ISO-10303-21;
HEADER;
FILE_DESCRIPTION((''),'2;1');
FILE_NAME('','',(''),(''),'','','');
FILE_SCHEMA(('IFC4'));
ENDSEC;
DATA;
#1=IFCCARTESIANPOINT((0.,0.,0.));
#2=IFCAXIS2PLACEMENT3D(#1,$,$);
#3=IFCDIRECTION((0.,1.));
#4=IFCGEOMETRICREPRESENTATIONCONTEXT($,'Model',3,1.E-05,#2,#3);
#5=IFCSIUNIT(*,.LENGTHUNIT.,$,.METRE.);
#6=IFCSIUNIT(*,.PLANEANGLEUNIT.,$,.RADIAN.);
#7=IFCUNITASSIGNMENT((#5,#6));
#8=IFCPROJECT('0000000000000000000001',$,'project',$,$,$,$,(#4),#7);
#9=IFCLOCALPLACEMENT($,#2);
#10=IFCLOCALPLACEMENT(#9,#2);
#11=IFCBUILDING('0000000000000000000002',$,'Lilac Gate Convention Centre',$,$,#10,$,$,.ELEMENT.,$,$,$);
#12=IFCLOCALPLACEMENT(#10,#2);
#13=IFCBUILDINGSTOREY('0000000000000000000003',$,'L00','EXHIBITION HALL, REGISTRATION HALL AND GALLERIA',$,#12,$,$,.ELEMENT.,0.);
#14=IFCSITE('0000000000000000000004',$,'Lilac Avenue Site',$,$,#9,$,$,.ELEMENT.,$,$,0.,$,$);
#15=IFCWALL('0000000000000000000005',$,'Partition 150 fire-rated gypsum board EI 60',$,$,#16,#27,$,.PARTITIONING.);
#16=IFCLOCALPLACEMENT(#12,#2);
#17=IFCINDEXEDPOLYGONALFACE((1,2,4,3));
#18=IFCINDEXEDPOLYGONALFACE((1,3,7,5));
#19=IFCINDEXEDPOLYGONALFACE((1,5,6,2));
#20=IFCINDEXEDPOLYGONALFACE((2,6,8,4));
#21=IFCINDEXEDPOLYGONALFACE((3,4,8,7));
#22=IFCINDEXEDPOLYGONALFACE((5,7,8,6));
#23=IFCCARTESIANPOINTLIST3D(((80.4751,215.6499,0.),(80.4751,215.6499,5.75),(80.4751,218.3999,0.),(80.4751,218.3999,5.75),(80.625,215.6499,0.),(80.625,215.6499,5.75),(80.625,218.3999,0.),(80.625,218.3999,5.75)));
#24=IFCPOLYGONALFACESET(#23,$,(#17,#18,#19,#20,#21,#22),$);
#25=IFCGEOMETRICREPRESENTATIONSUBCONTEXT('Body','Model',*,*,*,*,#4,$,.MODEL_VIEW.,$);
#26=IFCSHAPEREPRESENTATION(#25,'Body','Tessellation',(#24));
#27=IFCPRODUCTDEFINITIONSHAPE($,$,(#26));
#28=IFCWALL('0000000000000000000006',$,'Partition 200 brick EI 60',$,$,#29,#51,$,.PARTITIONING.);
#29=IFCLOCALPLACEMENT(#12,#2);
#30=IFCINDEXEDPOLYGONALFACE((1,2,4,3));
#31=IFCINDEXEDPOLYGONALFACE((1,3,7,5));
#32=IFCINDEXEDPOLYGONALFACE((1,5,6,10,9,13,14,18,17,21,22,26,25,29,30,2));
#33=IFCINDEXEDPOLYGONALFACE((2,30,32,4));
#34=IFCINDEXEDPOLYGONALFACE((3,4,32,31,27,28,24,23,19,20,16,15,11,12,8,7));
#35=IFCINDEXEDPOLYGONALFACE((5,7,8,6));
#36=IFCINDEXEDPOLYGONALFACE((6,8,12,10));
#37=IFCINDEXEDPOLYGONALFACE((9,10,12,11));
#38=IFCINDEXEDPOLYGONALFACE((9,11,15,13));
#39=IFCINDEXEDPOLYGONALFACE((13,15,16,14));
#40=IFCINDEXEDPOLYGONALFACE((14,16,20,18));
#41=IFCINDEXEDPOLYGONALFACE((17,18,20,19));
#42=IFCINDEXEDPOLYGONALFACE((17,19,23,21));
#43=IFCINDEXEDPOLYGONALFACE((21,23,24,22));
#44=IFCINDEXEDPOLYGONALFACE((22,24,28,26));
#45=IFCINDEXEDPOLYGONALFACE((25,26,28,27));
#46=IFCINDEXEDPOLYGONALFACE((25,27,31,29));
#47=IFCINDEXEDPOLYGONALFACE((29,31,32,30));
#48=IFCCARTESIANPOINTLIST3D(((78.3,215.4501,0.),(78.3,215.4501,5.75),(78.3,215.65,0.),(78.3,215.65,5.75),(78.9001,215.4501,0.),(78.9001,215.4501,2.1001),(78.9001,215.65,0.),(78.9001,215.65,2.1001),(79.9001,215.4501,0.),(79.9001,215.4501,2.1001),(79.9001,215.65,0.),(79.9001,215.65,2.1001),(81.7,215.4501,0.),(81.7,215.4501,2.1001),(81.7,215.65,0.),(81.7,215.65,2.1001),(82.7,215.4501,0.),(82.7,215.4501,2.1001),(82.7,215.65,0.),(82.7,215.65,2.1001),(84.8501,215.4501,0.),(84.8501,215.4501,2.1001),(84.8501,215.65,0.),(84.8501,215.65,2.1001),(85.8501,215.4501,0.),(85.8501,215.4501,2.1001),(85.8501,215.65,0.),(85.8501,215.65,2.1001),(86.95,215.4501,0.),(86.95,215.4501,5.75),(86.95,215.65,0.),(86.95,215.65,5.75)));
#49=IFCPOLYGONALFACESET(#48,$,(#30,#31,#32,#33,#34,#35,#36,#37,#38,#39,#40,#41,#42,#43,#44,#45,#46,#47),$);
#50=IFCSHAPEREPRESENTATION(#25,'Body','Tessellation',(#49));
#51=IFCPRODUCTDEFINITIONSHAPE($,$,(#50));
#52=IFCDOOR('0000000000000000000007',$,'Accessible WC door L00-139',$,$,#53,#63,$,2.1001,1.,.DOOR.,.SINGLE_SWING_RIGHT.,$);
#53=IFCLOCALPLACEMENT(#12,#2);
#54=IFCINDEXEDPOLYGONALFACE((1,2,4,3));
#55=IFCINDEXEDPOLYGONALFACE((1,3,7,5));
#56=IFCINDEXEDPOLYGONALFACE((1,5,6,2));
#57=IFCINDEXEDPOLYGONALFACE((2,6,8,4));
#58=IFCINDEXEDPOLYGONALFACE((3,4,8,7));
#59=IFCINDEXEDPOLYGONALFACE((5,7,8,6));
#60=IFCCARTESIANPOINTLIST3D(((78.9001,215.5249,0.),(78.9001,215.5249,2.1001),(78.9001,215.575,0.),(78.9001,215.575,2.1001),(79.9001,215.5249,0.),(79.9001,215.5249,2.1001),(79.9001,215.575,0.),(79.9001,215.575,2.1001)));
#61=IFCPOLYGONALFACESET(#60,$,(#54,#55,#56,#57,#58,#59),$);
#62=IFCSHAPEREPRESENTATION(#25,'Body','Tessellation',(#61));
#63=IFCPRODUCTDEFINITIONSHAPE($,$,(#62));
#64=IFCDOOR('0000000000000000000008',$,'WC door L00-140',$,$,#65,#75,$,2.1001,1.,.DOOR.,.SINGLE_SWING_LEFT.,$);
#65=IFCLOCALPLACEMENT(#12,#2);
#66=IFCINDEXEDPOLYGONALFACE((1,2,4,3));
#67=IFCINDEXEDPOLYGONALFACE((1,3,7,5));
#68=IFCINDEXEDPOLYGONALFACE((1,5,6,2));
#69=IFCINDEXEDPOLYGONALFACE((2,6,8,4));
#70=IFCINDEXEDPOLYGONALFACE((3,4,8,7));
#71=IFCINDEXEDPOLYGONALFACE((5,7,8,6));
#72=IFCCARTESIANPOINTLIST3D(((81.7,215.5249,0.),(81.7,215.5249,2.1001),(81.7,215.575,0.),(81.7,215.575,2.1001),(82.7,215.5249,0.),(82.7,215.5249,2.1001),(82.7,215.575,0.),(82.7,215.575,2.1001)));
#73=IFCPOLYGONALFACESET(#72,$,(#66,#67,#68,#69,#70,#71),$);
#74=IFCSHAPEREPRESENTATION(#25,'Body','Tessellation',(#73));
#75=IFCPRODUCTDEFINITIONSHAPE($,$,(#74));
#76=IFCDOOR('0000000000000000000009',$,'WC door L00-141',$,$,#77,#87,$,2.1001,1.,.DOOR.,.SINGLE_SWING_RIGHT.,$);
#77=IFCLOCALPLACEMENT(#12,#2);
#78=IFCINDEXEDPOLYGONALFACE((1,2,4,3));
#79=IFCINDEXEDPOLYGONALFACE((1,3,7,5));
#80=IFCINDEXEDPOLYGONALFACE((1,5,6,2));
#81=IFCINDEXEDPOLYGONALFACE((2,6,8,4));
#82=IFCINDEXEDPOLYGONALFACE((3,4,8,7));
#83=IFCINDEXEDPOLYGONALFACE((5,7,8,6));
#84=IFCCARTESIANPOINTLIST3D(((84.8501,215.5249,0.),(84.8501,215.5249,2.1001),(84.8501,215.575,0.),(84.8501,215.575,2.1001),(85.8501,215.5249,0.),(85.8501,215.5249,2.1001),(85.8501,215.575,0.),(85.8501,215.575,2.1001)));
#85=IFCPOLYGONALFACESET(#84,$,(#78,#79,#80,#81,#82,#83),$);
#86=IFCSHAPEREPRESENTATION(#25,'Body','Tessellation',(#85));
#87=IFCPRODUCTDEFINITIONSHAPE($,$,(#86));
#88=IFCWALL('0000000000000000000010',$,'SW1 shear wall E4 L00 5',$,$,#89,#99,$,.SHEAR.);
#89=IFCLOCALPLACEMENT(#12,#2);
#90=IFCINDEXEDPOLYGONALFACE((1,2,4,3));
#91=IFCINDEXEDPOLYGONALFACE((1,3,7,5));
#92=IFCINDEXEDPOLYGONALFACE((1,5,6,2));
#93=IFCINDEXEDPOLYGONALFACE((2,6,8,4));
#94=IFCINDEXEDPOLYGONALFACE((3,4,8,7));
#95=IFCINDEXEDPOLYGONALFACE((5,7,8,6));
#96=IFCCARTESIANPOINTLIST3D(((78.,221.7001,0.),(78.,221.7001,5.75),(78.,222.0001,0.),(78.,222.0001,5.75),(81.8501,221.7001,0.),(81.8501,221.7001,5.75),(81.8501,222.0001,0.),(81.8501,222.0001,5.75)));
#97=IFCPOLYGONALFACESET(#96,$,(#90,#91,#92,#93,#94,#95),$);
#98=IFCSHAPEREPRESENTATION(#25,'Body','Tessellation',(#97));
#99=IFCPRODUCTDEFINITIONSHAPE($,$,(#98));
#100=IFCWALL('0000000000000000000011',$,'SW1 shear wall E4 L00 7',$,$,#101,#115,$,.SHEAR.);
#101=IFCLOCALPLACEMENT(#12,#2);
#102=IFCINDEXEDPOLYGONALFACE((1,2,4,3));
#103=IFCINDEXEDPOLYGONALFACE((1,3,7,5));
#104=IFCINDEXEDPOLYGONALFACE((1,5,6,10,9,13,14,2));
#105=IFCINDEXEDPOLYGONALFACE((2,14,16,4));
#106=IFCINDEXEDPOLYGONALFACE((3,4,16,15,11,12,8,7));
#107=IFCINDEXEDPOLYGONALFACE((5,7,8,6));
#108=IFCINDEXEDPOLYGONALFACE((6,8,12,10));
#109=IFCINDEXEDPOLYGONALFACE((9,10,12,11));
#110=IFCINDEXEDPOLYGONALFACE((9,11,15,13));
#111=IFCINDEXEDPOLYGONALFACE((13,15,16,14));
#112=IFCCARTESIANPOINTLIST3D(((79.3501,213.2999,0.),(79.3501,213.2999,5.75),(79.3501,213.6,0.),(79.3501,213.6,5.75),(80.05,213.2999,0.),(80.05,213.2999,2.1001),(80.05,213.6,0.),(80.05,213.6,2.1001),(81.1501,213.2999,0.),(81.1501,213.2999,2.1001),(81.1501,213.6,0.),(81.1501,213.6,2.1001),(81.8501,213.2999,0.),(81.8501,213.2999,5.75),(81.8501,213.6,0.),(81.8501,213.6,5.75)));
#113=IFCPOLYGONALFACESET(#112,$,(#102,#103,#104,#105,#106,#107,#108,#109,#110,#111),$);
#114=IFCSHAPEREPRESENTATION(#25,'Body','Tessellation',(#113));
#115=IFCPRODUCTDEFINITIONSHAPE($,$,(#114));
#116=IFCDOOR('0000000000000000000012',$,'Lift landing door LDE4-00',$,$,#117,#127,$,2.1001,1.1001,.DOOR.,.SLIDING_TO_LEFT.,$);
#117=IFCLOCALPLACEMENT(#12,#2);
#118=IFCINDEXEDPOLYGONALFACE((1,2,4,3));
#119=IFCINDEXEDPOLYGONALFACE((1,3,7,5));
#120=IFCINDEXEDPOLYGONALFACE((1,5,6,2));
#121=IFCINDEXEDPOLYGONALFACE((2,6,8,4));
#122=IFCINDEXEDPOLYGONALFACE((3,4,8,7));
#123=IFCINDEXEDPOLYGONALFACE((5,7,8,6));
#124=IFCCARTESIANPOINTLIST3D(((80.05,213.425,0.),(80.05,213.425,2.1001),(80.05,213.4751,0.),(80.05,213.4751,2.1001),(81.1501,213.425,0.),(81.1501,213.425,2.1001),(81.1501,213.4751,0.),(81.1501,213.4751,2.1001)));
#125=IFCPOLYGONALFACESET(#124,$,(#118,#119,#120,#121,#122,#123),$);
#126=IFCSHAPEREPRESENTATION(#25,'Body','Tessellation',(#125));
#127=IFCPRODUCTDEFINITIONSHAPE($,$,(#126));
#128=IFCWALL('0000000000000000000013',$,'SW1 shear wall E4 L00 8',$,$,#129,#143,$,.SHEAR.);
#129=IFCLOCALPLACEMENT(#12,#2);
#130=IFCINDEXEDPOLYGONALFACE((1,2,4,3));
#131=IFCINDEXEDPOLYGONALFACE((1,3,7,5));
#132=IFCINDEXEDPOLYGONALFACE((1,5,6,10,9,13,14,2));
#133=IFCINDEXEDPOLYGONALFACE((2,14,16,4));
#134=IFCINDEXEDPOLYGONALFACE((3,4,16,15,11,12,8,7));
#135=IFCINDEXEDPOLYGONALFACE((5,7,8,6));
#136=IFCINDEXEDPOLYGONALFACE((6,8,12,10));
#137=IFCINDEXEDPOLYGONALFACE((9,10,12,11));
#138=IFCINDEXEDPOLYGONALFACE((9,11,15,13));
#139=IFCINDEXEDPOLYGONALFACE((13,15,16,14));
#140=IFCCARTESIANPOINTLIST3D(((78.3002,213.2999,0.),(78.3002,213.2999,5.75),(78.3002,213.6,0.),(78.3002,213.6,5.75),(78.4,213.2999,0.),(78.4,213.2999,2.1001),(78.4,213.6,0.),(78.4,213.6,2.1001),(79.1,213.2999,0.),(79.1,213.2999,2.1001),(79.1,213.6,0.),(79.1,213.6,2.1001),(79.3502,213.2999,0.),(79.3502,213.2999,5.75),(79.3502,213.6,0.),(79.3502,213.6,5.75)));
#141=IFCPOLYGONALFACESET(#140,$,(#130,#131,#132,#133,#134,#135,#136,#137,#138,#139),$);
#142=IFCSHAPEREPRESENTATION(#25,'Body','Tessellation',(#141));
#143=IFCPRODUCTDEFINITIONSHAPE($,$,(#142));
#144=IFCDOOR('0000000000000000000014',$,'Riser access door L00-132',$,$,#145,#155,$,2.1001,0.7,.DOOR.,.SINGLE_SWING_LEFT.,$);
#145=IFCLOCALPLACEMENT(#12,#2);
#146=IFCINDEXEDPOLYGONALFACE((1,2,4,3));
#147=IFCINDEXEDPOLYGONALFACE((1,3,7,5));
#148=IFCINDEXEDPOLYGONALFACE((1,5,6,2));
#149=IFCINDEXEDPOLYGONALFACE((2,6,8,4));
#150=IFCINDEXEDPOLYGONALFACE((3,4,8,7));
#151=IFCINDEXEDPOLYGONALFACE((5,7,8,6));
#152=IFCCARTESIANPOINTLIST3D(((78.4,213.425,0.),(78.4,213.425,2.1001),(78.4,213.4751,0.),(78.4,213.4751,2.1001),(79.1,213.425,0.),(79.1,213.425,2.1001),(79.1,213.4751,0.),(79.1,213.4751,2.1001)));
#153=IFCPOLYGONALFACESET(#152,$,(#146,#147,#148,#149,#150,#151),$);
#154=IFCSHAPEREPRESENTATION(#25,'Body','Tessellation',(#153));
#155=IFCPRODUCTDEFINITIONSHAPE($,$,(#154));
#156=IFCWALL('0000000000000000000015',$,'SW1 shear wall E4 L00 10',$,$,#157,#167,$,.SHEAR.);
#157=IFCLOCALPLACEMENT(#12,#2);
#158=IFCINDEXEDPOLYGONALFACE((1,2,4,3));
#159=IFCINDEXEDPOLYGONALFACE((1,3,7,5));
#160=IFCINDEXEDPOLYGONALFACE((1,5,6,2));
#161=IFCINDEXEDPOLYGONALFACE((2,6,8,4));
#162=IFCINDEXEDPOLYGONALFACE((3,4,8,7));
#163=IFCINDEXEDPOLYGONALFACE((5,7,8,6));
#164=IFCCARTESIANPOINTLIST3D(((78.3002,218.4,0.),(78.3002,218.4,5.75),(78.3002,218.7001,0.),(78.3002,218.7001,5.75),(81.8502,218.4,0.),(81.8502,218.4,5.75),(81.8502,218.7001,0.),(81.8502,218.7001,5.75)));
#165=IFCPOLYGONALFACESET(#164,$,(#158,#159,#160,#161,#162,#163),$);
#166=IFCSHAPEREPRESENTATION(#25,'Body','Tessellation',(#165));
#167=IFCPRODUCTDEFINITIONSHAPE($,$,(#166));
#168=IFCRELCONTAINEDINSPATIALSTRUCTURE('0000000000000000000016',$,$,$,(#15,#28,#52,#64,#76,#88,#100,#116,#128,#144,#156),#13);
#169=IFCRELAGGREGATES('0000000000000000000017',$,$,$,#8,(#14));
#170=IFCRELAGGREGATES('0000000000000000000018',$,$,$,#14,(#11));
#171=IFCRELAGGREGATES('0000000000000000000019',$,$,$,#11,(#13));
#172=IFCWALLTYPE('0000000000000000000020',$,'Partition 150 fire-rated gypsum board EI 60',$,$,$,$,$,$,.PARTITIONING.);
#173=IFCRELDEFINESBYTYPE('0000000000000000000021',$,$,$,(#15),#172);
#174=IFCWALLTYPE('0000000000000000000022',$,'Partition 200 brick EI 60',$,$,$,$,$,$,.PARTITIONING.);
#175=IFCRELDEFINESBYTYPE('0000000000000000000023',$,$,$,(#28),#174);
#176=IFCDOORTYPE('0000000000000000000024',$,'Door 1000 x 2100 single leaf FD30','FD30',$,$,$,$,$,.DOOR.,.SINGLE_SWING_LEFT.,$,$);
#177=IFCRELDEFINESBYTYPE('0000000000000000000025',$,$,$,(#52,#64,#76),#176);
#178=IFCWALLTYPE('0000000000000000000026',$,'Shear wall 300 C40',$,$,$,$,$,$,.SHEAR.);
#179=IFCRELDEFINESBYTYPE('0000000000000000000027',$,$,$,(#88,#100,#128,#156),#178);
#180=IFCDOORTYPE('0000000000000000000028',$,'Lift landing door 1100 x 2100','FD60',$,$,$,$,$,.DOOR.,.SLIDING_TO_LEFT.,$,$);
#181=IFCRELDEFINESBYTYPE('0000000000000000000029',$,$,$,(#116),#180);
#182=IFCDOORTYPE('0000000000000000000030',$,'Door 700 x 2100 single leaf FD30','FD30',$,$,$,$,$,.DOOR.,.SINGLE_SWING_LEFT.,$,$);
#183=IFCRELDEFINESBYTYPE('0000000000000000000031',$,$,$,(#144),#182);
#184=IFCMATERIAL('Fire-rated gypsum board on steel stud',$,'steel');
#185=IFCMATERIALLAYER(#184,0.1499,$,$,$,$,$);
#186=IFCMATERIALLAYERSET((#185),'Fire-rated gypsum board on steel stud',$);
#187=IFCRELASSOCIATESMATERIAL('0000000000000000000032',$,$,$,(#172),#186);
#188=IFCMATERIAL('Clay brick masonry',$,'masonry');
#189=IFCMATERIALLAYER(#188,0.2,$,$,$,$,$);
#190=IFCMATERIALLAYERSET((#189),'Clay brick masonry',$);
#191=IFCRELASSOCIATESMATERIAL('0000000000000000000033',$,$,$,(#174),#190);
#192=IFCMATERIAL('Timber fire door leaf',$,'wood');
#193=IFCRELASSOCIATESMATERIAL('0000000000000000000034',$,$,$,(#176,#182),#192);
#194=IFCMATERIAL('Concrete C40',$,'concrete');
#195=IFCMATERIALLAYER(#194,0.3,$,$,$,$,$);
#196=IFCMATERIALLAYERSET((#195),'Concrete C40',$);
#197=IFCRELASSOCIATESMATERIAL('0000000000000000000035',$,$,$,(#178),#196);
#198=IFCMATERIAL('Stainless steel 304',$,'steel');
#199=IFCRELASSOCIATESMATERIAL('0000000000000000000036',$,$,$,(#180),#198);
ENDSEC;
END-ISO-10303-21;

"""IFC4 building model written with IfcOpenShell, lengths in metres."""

from ifc_helpers import new_model, si_unit, direction, frame, frame_2d, origin, place, context, subcontext, project, spatial, rectangle, extrude, material, layer, layer_set, type_object, element, fill, save


model = new_model("IFC4")

# Units and contexts
model_context = context("Model", 3, precision=1e-05, world=origin(), true_north=direction((0.0, 1.0)))
body_context = subcontext(model_context, "Body", "Model", "MODEL_VIEW")
ifc_project = project(units=[si_unit("LENGTHUNIT", "METRE"), si_unit("PLANEANGLEUNIT", "RADIAN")], contexts=[model_context])

# Site, building, storey
site_placement = place(None, origin())
site = spatial("IfcSite", under=ifc_project, at=site_placement, Name="Lilac Avenue Site", CompositionType="ELEMENT", RefElevation=0.0)
building_placement = place(site_placement, origin())
building = spatial("IfcBuilding", under=site, at=building_placement, Name="Lilac Gate Convention Centre", CompositionType="ELEMENT")
storey_placement = place(building_placement, origin())
storey = spatial("IfcBuildingStorey", under=building, at=storey_placement, Name="L00", Description="EXHIBITION HALL, REGISTRATION HALL AND GALLERIA", CompositionType="ELEMENT", Elevation=0.0)

# Wall
ifc_material_1 = material(Name="Fire-rated gypsum board on steel stud", Category="steel")
ifc_layer_1 = layer(ifc_material_1, 0.1499)
ifc_layer_set_1 = layer_set([ifc_layer_1], Name="Fire-rated gypsum board on steel stud")
wall_type_1 = type_object("IfcWallType", Name="Partition 150 fire-rated gypsum board EI 60", PredefinedType="PARTITIONING", material=ifc_layer_set_1)
wall_1_placement = place(storey_placement, frame((80.55, 215.6499, 0.0), z_axis=(0.0, 0.0, 1.0), x_axis=(0.0, 1.0, 0.0)))
element("IfcWall", 1, at=wall_1_placement, inside=storey, type_object=wall_type_1, Name="Partition 150 fire-rated gypsum board EI 60", PredefinedType="PARTITIONING", context=body_context, shape_type="SweptSolid", body=[
    extrude(rectangle(XDim=2.75, YDim=0.1499, at=frame_2d((1.375, 0.0))), origin(), (0.0, 0.0, 1.0), 5.75),
])

# Wall, openings, doors
ifc_material_2 = material(Name="Clay brick masonry", Category="masonry")
ifc_layer_2 = layer(ifc_material_2, 0.2)
ifc_layer_set_2 = layer_set([ifc_layer_2], Name="Clay brick masonry")
wall_type_2 = type_object("IfcWallType", Name="Partition 200 brick EI 60", PredefinedType="PARTITIONING", material=ifc_layer_set_2)
wall_2_placement = place(storey_placement, frame((78.3, 215.55, 0.0), z_axis=(0.0, 0.0, 1.0), x_axis=(1.0, 0.0, 0.0)))
wall_2 = element("IfcWall", 2, at=wall_2_placement, inside=storey, type_object=wall_type_2, Name="Partition 200 brick EI 60", PredefinedType="PARTITIONING", context=body_context, shape_type="SweptSolid", body=[
    extrude(rectangle(XDim=8.6499, YDim=0.2, at=frame_2d((4.325, 0.0))), origin(), (0.0, 0.0, 1.0), 5.75),
])
opening_1_placement = place(wall_2_placement, frame((0.6001, 0.0, 0.0)))
opening_1 = element("IfcOpeningElement", 3, at=opening_1_placement, cuts=wall_2, PredefinedType="OPENING", context=body_context, shape_type="SweptSolid", body=[
    extrude(rectangle(XDim=1.0, YDim=2.1001, at=frame_2d((0.5, 1.05))), frame((0.0, 0.1099, 0.0), z_axis=(0.0, -1.0, 0.0), x_axis=(1.0, 0.0, 0.0)), (0.0, 0.0, 1.0), 0.22),
])
opening_2_placement = place(wall_2_placement, frame((3.3999, 0.0, 0.0)))
opening_2 = element("IfcOpeningElement", 4, at=opening_2_placement, cuts=wall_2, PredefinedType="OPENING", context=body_context, shape_type="SweptSolid", body=[
    extrude(rectangle(XDim=1.0, YDim=2.1001, at=frame_2d((0.5, 1.05))), frame((0.0, 0.1099, 0.0), z_axis=(0.0, -1.0, 0.0), x_axis=(1.0, 0.0, 0.0)), (0.0, 0.0, 1.0), 0.22),
])
opening_3_placement = place(wall_2_placement, frame((6.55, 0.0, 0.0)))
opening_3 = element("IfcOpeningElement", 5, at=opening_3_placement, cuts=wall_2, PredefinedType="OPENING", context=body_context, shape_type="SweptSolid", body=[
    extrude(rectangle(XDim=1.0, YDim=2.1001, at=frame_2d((0.5, 1.05))), frame((0.0, 0.1099, 0.0), z_axis=(0.0, -1.0, 0.0), x_axis=(1.0, 0.0, 0.0)), (0.0, 0.0, 1.0), 0.22),
])
ifc_material_3 = material(Name="Timber fire door leaf", Category="wood")
door_type_1 = type_object("IfcDoorType", Name="Door 1000 x 2100 single leaf FD30", Description="FD30", OperationType="SINGLE_SWING_LEFT", PredefinedType="DOOR", material=ifc_material_3)
door_1_placement = place(opening_1_placement, origin())
door_1 = element("IfcDoor", 6, at=door_1_placement, inside=storey, type_object=door_type_1, Name="Accessible WC door L00-139", OperationType="SINGLE_SWING_RIGHT", OverallHeight=2.1001, OverallWidth=1.0, PredefinedType="DOOR", context=body_context, shape_type="SweptSolid", body=[
    extrude(rectangle(XDim=1.0, YDim=2.1001, at=frame_2d((0.5, 1.05))), frame((0.0, 0.0249, 0.0), z_axis=(0.0, -1.0, 0.0), x_axis=(1.0, 0.0, 0.0)), (0.0, 0.0, 1.0), 0.05),
])
fill(opening_1, door_1)
door_2_placement = place(opening_2_placement, origin())
door_2 = element("IfcDoor", 7, at=door_2_placement, inside=storey, type_object=door_type_1, Name="WC door L00-140", OperationType="SINGLE_SWING_LEFT", OverallHeight=2.1001, OverallWidth=1.0, PredefinedType="DOOR", context=body_context, shape_type="SweptSolid", body=[
    extrude(rectangle(XDim=1.0, YDim=2.1001, at=frame_2d((0.5, 1.05))), frame((0.0, 0.0249, 0.0), z_axis=(0.0, -1.0, 0.0), x_axis=(1.0, 0.0, 0.0)), (0.0, 0.0, 1.0), 0.05),
])
fill(opening_2, door_2)
door_3_placement = place(opening_3_placement, origin())
door_3 = element("IfcDoor", 8, at=door_3_placement, inside=storey, type_object=door_type_1, Name="WC door L00-141", OperationType="SINGLE_SWING_RIGHT", OverallHeight=2.1001, OverallWidth=1.0, PredefinedType="DOOR", context=body_context, shape_type="SweptSolid", body=[
    extrude(rectangle(XDim=1.0, YDim=2.1001, at=frame_2d((0.5, 1.05))), frame((0.0, 0.0249, 0.0), z_axis=(0.0, -1.0, 0.0), x_axis=(1.0, 0.0, 0.0)), (0.0, 0.0, 1.0), 0.05),
])
fill(opening_3, door_3)

# Wall
ifc_material_4 = material(Name="Concrete C40", Category="concrete")
ifc_layer_3 = layer(ifc_material_4, 0.3)
ifc_layer_set_3 = layer_set([ifc_layer_3], Name="Concrete C40")
wall_type_3 = type_object("IfcWallType", Name="Shear wall 300 C40", PredefinedType="SHEAR", material=ifc_layer_set_3)
wall_3_placement = place(storey_placement, frame((81.8501, 221.8501, 0.0), z_axis=(0.0, 0.0, 1.0), x_axis=(-1.0, 0.0, 0.0)))
element("IfcWall", 9, at=wall_3_placement, inside=storey, type_object=wall_type_3, Name="SW1 shear wall E4 L00 5", PredefinedType="SHEAR", context=body_context, shape_type="SweptSolid", body=[
    extrude(rectangle(XDim=3.8501, YDim=0.3, at=frame_2d((1.925, 0.0))), origin(), (0.0, 0.0, 1.0), 5.75),
])

# Walls, openings, doors
wall_4_placement = place(storey_placement, frame((81.8501, 213.45, 0.0), z_axis=(0.0, 0.0, 1.0), x_axis=(-1.0, 0.0, 0.0)))
wall_4 = element("IfcWall", 10, at=wall_4_placement, inside=storey, type_object=wall_type_3, Name="SW1 shear wall E4 L00 7", PredefinedType="SHEAR", context=body_context, shape_type="SweptSolid", body=[
    extrude(rectangle(XDim=2.5, YDim=0.3, at=frame_2d((1.25, 0.0))), origin(), (0.0, 0.0, 1.0), 5.75),
])
opening_4_placement = place(wall_4_placement, frame((0.7, 0.0, 0.0)))
opening_4 = element("IfcOpeningElement", 11, at=opening_4_placement, cuts=wall_4, PredefinedType="OPENING", context=body_context, shape_type="SweptSolid", body=[
    extrude(rectangle(XDim=1.1001, YDim=2.1001, at=frame_2d((0.55, 1.05))), frame((0.0, 0.1599, 0.0), z_axis=(0.0, -1.0, 0.0), x_axis=(1.0, 0.0, 0.0)), (0.0, 0.0, 1.0), 0.3201),
])
ifc_material_5 = material(Name="Stainless steel 304", Category="steel")
door_type_2 = type_object("IfcDoorType", Name="Lift landing door 1100 x 2100", Description="FD60", OperationType="SLIDING_TO_LEFT", PredefinedType="DOOR", material=ifc_material_5)
door_4_placement = place(opening_4_placement, origin())
door_4 = element("IfcDoor", 12, at=door_4_placement, inside=storey, type_object=door_type_2, Name="Lift landing door LDE4-00", OperationType="SLIDING_TO_LEFT", OverallHeight=2.1001, OverallWidth=1.1001, PredefinedType="DOOR", context=body_context, shape_type="SweptSolid", body=[
    extrude(rectangle(XDim=1.1001, YDim=2.1001, at=frame_2d((0.55, 1.05))), frame((0.0, 0.0249, 0.0), z_axis=(0.0, -1.0, 0.0), x_axis=(1.0, 0.0, 0.0)), (0.0, 0.0, 1.0), 0.05),
])
fill(opening_4, door_4)
wall_5_placement = place(storey_placement, frame((79.3501, 213.45, 0.0), z_axis=(0.0, 0.0, 1.0), x_axis=(-1.0, 0.0, 0.0)))
wall_5 = element("IfcWall", 13, at=wall_5_placement, inside=storey, type_object=wall_type_3, Name="SW1 shear wall E4 L00 8", PredefinedType="SHEAR", context=body_context, shape_type="SweptSolid", body=[
    extrude(rectangle(XDim=1.05, YDim=0.3, at=frame_2d((0.5249, 0.0))), origin(), (0.0, 0.0, 1.0), 5.75),
])
opening_5_placement = place(wall_5_placement, frame((0.25, 0.0, 0.0)))
opening_5 = element("IfcOpeningElement", 14, at=opening_5_placement, cuts=wall_5, PredefinedType="OPENING", context=body_context, shape_type="SweptSolid", body=[
    extrude(rectangle(XDim=0.7, YDim=2.1001, at=frame_2d((0.3501, 1.05))), frame((0.0, 0.1599, 0.0), z_axis=(0.0, -1.0, 0.0), x_axis=(1.0, 0.0, 0.0)), (0.0, 0.0, 1.0), 0.3201),
])
door_type_3 = type_object("IfcDoorType", Name="Door 700 x 2100 single leaf FD30", Description="FD30", OperationType="SINGLE_SWING_LEFT", PredefinedType="DOOR", material=ifc_material_3)
door_5_placement = place(opening_5_placement, origin())
door_5 = element("IfcDoor", 15, at=door_5_placement, inside=storey, type_object=door_type_3, Name="Riser access door L00-132", OperationType="SINGLE_SWING_LEFT", OverallHeight=2.1001, OverallWidth=0.7, PredefinedType="DOOR", context=body_context, shape_type="SweptSolid", body=[
    extrude(rectangle(XDim=0.7, YDim=2.1001, at=frame_2d((0.3501, 1.05))), frame((0.0, 0.0249, 0.0), z_axis=(0.0, -1.0, 0.0), x_axis=(1.0, 0.0, 0.0)), (0.0, 0.0, 1.0), 0.05),
])
fill(opening_5, door_5)

# Wall
wall_6_placement = place(storey_placement, frame((81.8501, 218.55, 0.0), z_axis=(0.0, 0.0, 1.0), x_axis=(-1.0, 0.0, 0.0)))
element("IfcWall", 16, at=wall_6_placement, inside=storey, type_object=wall_type_3, Name="SW1 shear wall E4 L00 10", PredefinedType="SHEAR", context=body_context, shape_type="SweptSolid", body=[
    extrude(rectangle(XDim=3.55, YDim=0.3, at=frame_2d((1.7749, 0.0))), origin(), (0.0, 0.0, 1.0), 5.75),
])

save(model, "model.ifc")
